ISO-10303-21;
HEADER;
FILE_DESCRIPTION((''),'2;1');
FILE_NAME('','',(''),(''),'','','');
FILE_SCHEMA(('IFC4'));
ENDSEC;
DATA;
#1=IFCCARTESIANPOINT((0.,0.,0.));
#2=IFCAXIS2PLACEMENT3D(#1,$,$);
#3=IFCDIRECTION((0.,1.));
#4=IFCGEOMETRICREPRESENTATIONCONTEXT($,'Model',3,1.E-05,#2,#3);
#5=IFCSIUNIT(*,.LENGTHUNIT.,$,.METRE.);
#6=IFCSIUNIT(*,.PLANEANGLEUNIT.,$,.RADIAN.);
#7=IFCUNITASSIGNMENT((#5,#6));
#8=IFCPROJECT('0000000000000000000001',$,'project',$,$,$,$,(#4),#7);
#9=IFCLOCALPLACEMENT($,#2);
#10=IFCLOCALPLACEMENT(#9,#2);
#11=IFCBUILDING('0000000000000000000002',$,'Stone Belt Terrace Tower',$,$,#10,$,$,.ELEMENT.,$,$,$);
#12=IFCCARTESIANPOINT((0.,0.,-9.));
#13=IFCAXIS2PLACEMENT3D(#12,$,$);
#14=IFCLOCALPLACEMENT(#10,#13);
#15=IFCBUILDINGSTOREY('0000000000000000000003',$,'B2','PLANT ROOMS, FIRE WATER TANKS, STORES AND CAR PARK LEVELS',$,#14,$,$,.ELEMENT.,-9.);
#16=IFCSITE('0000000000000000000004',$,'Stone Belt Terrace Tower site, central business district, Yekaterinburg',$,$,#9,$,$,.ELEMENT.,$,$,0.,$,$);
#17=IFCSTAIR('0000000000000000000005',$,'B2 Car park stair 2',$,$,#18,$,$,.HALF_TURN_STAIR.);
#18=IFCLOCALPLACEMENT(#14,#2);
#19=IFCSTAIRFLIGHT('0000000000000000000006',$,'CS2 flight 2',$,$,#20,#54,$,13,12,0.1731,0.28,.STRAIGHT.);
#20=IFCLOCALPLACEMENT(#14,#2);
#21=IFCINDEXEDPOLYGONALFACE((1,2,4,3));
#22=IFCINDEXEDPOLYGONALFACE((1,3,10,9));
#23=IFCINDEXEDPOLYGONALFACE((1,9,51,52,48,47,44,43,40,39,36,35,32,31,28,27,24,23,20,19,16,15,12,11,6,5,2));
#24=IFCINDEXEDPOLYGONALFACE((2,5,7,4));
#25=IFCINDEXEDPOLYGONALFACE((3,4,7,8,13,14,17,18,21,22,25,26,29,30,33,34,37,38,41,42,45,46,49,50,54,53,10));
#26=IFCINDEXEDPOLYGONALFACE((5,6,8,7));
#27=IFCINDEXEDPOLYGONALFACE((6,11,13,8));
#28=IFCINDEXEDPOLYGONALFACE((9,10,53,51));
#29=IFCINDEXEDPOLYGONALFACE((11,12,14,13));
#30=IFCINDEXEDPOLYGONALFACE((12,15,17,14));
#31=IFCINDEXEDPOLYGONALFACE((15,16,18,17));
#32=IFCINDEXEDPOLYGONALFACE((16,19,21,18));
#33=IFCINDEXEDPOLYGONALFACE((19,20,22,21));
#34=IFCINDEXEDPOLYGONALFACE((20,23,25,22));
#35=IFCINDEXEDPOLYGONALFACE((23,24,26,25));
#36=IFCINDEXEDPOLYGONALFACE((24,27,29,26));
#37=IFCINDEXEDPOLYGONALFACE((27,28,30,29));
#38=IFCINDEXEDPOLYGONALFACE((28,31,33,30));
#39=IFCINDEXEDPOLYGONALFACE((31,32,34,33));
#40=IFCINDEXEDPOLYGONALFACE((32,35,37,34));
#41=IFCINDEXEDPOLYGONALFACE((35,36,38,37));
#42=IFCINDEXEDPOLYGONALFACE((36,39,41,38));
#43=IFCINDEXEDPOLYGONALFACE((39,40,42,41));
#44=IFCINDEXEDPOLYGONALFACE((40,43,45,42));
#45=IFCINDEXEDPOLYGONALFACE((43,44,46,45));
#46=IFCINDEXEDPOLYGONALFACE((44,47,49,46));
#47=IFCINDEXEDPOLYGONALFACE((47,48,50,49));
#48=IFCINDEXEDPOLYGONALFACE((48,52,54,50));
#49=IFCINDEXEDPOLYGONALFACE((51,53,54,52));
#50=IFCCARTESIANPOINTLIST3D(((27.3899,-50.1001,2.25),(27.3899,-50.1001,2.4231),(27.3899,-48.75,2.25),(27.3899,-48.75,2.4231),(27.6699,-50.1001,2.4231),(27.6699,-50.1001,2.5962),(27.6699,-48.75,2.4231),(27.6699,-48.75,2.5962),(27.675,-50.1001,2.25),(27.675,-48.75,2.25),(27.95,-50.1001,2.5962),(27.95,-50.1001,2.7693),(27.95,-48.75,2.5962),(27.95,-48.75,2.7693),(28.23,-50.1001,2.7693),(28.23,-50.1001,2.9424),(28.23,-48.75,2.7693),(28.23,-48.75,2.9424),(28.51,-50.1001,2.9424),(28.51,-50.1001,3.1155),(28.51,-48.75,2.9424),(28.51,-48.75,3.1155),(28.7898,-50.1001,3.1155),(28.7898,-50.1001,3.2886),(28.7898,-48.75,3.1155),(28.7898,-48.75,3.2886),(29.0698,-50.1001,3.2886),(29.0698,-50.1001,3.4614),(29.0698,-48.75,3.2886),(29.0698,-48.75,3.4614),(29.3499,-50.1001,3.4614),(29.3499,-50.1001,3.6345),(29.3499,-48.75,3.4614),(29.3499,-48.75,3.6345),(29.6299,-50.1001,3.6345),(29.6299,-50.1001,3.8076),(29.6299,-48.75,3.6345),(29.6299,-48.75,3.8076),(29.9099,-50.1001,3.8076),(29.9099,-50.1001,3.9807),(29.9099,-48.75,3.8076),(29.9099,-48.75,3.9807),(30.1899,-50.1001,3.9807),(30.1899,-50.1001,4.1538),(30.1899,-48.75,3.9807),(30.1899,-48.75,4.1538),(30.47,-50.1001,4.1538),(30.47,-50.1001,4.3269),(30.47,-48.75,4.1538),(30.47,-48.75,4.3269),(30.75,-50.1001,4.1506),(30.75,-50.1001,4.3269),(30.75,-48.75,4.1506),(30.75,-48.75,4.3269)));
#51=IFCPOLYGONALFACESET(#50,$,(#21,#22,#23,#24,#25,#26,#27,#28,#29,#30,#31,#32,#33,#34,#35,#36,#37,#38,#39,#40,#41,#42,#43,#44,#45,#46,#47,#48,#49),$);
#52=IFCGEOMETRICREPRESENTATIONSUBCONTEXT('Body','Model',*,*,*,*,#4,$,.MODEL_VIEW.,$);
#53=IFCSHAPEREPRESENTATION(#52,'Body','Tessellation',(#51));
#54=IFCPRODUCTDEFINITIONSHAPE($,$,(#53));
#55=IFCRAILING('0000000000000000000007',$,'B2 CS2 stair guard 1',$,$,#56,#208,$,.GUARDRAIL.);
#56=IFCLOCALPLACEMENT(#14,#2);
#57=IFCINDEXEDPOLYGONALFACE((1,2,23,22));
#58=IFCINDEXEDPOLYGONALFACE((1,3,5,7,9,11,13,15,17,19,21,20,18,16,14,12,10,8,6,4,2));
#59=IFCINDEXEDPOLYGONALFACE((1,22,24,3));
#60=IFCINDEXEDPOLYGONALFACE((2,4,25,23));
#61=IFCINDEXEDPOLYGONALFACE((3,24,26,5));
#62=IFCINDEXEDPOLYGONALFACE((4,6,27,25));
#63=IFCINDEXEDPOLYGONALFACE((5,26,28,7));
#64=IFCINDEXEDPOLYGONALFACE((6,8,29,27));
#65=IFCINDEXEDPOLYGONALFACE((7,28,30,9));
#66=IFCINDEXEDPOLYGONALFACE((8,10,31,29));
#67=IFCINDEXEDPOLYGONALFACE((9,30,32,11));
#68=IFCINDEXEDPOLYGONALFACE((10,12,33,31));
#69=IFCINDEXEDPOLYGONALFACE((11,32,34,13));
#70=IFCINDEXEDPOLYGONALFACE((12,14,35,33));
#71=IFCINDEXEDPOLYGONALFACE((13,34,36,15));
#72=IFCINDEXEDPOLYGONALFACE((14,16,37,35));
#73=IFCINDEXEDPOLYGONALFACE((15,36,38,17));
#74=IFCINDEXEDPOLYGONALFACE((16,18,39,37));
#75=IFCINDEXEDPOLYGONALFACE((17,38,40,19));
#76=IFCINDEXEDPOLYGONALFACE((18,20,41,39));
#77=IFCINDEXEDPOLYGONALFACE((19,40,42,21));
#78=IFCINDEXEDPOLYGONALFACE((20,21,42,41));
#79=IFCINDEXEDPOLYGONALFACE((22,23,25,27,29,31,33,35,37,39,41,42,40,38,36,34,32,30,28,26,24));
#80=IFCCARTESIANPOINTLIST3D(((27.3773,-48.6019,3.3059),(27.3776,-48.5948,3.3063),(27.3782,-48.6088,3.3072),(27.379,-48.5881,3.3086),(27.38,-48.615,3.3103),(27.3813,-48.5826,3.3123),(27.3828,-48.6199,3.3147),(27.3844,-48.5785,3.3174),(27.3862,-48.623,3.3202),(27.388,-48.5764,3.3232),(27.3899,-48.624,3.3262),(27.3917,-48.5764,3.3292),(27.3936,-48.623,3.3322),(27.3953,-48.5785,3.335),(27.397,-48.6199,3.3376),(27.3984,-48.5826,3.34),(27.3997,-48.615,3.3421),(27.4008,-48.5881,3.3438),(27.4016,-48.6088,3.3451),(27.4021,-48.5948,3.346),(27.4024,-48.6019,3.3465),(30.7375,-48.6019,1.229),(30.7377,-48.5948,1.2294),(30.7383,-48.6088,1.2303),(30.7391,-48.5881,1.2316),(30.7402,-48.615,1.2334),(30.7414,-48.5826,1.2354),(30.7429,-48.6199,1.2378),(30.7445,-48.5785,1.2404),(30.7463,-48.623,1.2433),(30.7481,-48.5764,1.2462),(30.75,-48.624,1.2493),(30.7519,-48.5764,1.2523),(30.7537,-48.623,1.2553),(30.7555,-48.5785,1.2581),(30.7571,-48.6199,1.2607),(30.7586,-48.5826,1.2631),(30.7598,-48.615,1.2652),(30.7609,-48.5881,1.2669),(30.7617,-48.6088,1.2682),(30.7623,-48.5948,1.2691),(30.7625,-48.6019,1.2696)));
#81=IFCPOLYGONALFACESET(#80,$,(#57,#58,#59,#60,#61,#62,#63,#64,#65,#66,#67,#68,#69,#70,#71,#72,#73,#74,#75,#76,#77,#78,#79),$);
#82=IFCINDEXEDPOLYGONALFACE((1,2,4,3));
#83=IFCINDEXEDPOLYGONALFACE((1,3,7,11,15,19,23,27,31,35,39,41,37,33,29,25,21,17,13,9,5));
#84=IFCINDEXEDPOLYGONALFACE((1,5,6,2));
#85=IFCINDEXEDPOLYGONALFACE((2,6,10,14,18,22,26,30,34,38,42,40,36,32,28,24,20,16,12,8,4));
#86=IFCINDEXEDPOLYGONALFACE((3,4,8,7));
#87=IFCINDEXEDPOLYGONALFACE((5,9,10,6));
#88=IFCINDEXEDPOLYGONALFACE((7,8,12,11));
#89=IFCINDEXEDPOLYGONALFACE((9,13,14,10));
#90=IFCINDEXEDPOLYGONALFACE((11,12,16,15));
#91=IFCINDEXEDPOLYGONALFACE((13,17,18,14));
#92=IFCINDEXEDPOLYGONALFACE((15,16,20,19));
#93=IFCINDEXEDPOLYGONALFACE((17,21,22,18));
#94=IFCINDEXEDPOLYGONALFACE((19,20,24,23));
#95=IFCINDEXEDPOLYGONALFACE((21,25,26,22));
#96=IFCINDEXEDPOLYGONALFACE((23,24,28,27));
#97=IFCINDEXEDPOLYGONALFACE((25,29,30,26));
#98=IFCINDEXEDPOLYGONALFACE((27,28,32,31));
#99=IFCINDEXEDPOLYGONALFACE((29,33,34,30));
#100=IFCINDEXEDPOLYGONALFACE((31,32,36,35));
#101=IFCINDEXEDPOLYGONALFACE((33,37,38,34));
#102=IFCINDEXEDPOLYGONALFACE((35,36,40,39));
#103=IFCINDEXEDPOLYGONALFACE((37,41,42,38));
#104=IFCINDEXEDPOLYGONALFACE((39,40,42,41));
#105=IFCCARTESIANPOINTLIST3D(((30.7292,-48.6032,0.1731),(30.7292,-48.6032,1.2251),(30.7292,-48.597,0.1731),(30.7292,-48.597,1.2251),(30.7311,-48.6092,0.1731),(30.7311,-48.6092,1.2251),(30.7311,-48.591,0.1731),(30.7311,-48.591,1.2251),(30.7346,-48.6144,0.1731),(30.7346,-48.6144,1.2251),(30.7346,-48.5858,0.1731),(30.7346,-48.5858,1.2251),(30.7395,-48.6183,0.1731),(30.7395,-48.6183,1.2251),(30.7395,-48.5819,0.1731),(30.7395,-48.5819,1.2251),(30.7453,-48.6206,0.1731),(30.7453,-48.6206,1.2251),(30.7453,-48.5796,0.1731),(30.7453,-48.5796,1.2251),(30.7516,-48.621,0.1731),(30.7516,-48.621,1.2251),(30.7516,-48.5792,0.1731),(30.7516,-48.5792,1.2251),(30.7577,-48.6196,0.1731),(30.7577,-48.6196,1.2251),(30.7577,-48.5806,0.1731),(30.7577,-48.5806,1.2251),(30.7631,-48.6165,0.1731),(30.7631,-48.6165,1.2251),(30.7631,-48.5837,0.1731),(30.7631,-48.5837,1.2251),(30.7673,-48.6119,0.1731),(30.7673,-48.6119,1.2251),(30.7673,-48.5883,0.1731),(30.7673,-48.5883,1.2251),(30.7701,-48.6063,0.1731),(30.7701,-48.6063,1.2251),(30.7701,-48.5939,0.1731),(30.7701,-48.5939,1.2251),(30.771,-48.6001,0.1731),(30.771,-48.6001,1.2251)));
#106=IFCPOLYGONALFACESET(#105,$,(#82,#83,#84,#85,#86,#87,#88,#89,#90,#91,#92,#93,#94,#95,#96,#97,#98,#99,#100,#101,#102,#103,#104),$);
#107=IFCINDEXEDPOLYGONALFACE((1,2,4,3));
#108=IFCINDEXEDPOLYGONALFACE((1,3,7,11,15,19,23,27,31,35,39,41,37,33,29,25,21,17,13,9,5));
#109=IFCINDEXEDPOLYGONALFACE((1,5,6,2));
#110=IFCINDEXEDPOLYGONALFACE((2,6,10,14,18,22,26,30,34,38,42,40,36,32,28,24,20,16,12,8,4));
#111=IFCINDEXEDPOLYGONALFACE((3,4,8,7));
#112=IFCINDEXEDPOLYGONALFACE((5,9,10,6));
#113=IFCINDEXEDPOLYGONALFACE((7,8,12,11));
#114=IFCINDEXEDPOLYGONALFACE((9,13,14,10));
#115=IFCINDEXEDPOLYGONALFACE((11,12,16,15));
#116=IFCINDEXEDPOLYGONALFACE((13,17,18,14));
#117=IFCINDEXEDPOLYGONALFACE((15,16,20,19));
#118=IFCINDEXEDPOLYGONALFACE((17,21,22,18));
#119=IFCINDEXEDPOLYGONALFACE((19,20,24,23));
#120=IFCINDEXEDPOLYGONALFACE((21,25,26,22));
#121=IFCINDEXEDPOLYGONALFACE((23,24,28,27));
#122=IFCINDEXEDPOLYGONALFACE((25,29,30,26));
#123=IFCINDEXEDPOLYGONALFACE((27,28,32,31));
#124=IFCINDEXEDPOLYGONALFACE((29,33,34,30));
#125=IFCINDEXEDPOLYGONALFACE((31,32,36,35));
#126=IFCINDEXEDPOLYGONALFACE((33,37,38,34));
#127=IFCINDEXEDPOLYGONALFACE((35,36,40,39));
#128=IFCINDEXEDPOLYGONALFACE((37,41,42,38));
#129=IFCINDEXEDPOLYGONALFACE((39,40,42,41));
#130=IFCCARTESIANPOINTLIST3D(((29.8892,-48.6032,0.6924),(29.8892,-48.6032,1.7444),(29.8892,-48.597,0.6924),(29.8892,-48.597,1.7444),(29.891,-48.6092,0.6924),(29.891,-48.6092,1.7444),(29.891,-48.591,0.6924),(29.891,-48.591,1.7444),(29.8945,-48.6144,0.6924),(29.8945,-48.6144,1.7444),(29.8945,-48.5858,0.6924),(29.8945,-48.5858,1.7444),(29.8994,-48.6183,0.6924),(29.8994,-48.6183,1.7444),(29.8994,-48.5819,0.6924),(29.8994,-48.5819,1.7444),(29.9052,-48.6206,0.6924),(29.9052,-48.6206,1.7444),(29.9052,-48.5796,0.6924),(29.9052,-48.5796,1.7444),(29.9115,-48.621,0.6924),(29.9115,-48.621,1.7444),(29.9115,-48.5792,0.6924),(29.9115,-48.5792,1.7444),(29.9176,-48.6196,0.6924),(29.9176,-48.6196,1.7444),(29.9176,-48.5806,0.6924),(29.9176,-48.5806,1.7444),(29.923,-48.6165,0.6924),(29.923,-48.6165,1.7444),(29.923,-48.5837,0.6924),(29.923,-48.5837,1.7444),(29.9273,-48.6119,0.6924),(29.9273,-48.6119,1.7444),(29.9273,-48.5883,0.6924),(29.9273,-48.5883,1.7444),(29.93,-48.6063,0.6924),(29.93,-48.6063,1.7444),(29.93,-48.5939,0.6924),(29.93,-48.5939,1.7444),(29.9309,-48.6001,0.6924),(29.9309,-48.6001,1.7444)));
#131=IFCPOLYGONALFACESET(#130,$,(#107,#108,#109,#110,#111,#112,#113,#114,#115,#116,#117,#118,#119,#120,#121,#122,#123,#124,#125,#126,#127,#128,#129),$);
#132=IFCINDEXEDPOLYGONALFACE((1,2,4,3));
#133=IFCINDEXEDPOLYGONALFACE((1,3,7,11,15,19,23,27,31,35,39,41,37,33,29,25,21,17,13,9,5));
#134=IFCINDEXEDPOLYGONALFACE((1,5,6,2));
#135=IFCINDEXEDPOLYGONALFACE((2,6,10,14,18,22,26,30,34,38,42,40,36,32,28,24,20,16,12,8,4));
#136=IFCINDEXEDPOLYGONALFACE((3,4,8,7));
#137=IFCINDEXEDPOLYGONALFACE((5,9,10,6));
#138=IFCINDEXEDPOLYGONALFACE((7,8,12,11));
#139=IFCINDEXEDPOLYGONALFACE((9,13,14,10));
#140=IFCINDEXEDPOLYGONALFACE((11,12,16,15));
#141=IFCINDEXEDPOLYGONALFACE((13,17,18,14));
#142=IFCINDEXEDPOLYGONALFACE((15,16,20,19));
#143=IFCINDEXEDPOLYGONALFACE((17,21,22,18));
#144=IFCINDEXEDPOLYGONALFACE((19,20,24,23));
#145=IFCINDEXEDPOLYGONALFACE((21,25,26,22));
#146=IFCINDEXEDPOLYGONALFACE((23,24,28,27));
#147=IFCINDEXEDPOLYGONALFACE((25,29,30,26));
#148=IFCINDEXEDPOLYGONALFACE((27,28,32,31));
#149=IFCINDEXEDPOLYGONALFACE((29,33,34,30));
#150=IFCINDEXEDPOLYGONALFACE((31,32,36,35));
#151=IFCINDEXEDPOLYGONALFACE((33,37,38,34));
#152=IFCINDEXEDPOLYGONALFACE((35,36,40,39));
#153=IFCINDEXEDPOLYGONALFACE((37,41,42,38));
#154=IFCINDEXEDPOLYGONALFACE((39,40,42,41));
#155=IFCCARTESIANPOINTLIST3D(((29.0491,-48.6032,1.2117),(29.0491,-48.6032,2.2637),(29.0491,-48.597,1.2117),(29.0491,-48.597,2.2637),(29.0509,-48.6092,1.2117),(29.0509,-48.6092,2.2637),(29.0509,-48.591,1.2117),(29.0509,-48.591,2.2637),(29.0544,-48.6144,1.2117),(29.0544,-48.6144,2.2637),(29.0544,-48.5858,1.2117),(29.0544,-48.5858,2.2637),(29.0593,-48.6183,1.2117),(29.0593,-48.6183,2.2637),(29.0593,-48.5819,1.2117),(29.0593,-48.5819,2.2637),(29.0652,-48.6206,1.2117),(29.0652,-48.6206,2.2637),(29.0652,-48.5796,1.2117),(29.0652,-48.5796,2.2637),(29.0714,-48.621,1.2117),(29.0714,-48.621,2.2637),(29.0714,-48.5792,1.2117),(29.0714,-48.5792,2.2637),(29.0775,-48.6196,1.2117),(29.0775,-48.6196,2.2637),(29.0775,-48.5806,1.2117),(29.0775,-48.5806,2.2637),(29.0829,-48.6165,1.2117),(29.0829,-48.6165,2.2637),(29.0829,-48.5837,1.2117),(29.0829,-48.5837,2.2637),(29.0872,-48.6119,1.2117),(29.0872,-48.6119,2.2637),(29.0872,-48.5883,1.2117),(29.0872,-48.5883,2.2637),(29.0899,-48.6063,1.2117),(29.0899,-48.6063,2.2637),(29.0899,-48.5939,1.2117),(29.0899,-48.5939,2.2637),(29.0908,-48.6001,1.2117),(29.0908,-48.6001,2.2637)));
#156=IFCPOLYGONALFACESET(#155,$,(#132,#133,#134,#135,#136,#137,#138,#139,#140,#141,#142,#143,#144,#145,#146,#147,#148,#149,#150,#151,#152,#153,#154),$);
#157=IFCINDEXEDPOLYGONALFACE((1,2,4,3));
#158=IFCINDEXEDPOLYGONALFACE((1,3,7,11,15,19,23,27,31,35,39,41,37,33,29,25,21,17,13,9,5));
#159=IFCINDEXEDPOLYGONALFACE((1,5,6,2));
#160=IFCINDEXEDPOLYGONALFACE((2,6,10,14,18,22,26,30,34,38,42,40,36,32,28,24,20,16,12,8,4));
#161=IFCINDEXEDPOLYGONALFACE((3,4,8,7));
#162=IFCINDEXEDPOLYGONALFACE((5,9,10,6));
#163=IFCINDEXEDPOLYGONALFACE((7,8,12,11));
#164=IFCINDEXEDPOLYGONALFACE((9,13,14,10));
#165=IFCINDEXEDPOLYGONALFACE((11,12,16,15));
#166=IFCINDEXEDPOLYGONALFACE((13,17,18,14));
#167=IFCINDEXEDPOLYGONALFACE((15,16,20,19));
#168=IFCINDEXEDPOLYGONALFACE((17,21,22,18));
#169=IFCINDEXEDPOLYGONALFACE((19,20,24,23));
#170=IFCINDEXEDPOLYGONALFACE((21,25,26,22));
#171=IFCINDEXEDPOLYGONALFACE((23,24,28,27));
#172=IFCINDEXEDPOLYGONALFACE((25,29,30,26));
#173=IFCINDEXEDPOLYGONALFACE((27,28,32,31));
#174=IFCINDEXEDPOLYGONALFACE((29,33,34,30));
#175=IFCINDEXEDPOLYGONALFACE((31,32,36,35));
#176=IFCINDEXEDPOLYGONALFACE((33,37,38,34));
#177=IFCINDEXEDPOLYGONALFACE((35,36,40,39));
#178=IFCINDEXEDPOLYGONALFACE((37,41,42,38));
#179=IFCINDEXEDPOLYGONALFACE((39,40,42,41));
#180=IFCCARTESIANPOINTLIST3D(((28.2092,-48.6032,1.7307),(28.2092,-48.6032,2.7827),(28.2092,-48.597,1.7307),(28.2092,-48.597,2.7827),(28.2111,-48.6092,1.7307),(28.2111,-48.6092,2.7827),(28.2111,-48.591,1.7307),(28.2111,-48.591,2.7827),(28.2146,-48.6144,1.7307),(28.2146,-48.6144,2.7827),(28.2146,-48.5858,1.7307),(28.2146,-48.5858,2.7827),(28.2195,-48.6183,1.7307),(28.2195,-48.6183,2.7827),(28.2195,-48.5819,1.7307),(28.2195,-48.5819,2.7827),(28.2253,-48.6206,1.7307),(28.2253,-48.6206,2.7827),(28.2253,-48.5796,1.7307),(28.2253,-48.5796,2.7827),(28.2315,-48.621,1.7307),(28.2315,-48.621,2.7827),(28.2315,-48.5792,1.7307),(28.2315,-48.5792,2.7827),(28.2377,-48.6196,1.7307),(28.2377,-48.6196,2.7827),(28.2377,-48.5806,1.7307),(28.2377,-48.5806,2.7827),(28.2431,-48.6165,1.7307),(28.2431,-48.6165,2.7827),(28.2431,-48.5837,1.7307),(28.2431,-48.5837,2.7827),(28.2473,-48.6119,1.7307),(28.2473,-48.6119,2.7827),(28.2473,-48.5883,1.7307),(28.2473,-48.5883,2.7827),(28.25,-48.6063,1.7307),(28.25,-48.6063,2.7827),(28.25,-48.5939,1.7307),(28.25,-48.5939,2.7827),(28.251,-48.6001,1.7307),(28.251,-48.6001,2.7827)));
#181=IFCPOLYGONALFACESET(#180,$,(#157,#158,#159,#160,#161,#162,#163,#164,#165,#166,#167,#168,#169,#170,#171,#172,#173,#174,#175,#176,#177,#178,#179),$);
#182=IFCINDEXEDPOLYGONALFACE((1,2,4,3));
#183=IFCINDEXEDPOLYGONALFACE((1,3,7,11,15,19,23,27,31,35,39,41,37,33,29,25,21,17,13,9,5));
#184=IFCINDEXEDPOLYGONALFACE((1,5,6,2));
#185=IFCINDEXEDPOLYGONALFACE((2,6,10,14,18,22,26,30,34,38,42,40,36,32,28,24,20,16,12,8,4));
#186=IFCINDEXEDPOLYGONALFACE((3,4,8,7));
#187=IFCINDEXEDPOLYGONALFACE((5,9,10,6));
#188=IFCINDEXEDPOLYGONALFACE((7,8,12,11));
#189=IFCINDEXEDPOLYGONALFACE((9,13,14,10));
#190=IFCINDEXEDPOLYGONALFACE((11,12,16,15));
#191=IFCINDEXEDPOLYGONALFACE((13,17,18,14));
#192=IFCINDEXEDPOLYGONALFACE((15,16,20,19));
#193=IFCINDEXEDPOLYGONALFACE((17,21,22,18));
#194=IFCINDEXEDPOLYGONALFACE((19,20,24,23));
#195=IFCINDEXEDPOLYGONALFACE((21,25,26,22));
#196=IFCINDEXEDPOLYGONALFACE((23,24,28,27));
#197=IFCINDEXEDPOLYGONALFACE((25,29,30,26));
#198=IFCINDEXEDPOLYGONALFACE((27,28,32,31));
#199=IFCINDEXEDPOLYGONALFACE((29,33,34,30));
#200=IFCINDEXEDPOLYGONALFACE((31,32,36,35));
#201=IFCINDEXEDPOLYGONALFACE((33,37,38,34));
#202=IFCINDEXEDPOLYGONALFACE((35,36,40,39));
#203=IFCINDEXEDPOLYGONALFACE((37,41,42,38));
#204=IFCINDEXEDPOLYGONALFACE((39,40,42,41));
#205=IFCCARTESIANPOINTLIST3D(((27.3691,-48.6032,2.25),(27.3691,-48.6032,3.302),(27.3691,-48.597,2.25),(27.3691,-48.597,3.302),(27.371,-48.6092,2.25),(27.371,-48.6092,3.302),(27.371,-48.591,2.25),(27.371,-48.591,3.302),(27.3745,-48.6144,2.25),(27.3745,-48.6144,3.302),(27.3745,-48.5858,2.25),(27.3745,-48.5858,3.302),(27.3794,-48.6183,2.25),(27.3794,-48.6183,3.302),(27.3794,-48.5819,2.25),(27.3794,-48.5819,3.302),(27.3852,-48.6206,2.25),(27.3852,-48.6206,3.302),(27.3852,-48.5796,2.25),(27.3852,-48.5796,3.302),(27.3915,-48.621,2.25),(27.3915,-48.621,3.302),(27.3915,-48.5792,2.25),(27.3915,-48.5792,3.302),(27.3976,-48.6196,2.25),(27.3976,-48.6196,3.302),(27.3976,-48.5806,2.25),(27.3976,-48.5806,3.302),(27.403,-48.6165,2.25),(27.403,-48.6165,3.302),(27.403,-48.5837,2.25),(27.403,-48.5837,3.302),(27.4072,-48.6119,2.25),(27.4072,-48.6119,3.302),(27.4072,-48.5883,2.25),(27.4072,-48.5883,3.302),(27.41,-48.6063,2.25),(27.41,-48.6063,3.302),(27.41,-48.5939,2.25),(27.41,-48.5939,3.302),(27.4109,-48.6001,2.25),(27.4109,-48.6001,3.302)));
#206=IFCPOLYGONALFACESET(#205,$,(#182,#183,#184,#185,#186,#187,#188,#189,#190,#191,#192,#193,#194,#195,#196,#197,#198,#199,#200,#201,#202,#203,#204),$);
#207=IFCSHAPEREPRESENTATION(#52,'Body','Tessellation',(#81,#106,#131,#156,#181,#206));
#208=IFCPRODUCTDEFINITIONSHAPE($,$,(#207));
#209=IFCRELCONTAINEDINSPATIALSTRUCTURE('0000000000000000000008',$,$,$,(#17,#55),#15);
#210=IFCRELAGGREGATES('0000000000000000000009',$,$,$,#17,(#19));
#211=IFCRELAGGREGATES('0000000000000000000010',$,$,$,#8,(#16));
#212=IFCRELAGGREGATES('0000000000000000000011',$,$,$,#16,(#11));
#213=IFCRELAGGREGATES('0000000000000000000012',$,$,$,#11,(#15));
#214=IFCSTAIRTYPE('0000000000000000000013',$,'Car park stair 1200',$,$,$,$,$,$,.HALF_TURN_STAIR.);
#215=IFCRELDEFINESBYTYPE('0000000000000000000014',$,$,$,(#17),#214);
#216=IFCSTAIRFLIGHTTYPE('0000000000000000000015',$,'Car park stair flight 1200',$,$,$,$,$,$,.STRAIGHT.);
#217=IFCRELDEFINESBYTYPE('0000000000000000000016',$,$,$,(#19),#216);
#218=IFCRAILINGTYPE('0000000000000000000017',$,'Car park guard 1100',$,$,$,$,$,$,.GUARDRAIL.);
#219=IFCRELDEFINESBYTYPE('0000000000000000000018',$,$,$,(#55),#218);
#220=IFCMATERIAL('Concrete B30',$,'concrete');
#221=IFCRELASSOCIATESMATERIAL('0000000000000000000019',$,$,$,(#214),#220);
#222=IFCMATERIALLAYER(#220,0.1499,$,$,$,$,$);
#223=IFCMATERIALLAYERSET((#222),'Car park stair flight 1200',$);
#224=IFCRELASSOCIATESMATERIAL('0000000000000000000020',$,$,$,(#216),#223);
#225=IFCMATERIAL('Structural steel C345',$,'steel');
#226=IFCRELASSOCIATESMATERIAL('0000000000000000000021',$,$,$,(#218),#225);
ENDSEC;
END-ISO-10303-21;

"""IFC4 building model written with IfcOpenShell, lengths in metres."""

from ifc_helpers import new_model, si_unit, direction, frame, origin, origin_2d, place, context, subcontext, project, spatial, polyline, circle, outline, extrude, material, layer, layer_set, type_object, element, aggregate, save


model = new_model("IFC4")

# Units and contexts
model_context = context("Model", 3, precision=1e-05, world=origin(), true_north=direction((0.0, 1.0)))
body_context = subcontext(model_context, "Body", "Model", "MODEL_VIEW")
ifc_project = project(units=[si_unit("LENGTHUNIT", "METRE"), si_unit("PLANEANGLEUNIT", "RADIAN")], contexts=[model_context])

# Site, building, storey
site_placement = place(None, origin())
site = spatial("IfcSite", under=ifc_project, at=site_placement, Name="Stone Belt Terrace Tower site, central business district, Yekaterinburg", CompositionType="ELEMENT", RefElevation=0.0)
building_placement = place(site_placement, origin())
building = spatial("IfcBuilding", under=site, at=building_placement, Name="Stone Belt Terrace Tower", CompositionType="ELEMENT")
storey_placement = place(building_placement, frame((0.0, 0.0, -9.0)))
storey = spatial("IfcBuildingStorey", under=building, at=storey_placement, Name="B2", Description="PLANT ROOMS, FIRE WATER TANKS, STORES AND CAR PARK LEVELS", CompositionType="ELEMENT", Elevation=-9.0)

# Shared definitions
ifc_material_1 = material(Name="Concrete B30", Category="concrete")

# Stair, stair flight
stair_type = type_object("IfcStairType", Name="Car park stair 1200", PredefinedType="HALF_TURN_STAIR", material=ifc_material_1)
stair_placement = place(storey_placement, origin())
stair = element("IfcStair", 1, at=stair_placement, inside=storey, type_object=stair_type, Name="B2 Car park stair 2", PredefinedType="HALF_TURN_STAIR")
ifc_layer_1 = layer(ifc_material_1, 0.1499)
ifc_layer_set_1 = layer_set([ifc_layer_1], Name="Car park stair flight 1200")
stair_flight_type = type_object("IfcStairFlightType", Name="Car park stair flight 1200", PredefinedType="STRAIGHT", material=ifc_layer_set_1)
stair_flight_1_placement = place(storey_placement, frame((27.3899, -49.425, 2.25), z_axis=(0.0, 0.0, 1.0), x_axis=(1.0, 0.0, 0.0)))
stair_flight_1 = element("IfcStairFlight", 2, at=stair_flight_1_placement, type_object=stair_flight_type, Name="CS2 flight 2", NumberOfRisers=13, NumberOfTreads=12, PredefinedType="STRAIGHT", RiserHeight=0.1731, TreadLength=0.28, context=body_context, shape_type="SweptSolid", body=[
    extrude(outline(polyline([(0.0, 0.0), (0.0, 0.1731), (0.28, 0.1731), (0.28, 0.3462), (0.5601, 0.3462), (0.5601, 0.5193), (0.8401, 0.5193), (0.8401, 0.6924), (1.1201, 0.6924), (1.1201, 0.8655), (1.3999, 0.8655), (1.3999, 1.0386), (1.6799, 1.0386), (1.6799, 1.2114), (1.96, 1.2114), (1.96, 1.3845), (2.24, 1.3845), (2.24, 1.5576), (2.52, 1.5576), (2.52, 1.7307), (2.8, 1.7307), (2.8, 1.9038), (3.0801, 1.9038), (3.0801, 2.0769), (3.3601, 2.0769), (3.3601, 2.25), (3.3601, 1.9006), (0.2852, 0.0), (0.0, 0.0)])), frame((0.0, 0.675, 0.0), z_axis=(0.0, -1.0, 0.0), x_axis=(1.0, 0.0, 0.0)), (0.0, 0.0, 1.0), 1.3501),
])
aggregate(stair, [stair_flight_1])

# Railing
ifc_material_2 = material(Name="Structural steel C345", Category="steel")
railing_type_1 = type_object("IfcRailingType", Name="Car park guard 1100", PredefinedType="GUARDRAIL", material=ifc_material_2)
railing_1_placement = place(storey_placement, frame((30.75, -48.6001, 0.1731)))
element("IfcRailing", 3, at=railing_1_placement, inside=storey, type_object=railing_type_1, Name="B2 CS2 stair guard 1", PredefinedType="GUARDRAIL", context=body_context, shape_type="SweptSolid", body=[
    extrude(circle(Radius=0.0239, at=origin_2d()), frame((0.0, 0.0, 1.0762), z_axis=(-0.850623, 0.0, 0.525776), x_axis=(0.0, -1.0, 0.0)), (0.0, 0.0, 1.0), 3.9502),
    extrude(circle(Radius=0.021, at=origin_2d()), origin(), (0.0, 0.0, 1.0), 1.052),
    extrude(circle(Radius=0.021, at=origin_2d()), frame((-0.8401, 0.0, 0.5193)), (0.0, 0.0, 1.0), 1.052),
    extrude(circle(Radius=0.021, at=origin_2d()), frame((-1.6802, 0.0, 1.0386)), (0.0, 0.0, 1.0), 1.052),
    extrude(circle(Radius=0.021, at=origin_2d()), frame((-2.52, 0.0, 1.5576)), (0.0, 0.0, 1.0), 1.052),
    extrude(circle(Radius=0.021, at=origin_2d()), frame((-3.3601, 0.0, 2.0769)), (0.0, 0.0, 1.0), 1.052),
])

save(model, "model.ifc")
